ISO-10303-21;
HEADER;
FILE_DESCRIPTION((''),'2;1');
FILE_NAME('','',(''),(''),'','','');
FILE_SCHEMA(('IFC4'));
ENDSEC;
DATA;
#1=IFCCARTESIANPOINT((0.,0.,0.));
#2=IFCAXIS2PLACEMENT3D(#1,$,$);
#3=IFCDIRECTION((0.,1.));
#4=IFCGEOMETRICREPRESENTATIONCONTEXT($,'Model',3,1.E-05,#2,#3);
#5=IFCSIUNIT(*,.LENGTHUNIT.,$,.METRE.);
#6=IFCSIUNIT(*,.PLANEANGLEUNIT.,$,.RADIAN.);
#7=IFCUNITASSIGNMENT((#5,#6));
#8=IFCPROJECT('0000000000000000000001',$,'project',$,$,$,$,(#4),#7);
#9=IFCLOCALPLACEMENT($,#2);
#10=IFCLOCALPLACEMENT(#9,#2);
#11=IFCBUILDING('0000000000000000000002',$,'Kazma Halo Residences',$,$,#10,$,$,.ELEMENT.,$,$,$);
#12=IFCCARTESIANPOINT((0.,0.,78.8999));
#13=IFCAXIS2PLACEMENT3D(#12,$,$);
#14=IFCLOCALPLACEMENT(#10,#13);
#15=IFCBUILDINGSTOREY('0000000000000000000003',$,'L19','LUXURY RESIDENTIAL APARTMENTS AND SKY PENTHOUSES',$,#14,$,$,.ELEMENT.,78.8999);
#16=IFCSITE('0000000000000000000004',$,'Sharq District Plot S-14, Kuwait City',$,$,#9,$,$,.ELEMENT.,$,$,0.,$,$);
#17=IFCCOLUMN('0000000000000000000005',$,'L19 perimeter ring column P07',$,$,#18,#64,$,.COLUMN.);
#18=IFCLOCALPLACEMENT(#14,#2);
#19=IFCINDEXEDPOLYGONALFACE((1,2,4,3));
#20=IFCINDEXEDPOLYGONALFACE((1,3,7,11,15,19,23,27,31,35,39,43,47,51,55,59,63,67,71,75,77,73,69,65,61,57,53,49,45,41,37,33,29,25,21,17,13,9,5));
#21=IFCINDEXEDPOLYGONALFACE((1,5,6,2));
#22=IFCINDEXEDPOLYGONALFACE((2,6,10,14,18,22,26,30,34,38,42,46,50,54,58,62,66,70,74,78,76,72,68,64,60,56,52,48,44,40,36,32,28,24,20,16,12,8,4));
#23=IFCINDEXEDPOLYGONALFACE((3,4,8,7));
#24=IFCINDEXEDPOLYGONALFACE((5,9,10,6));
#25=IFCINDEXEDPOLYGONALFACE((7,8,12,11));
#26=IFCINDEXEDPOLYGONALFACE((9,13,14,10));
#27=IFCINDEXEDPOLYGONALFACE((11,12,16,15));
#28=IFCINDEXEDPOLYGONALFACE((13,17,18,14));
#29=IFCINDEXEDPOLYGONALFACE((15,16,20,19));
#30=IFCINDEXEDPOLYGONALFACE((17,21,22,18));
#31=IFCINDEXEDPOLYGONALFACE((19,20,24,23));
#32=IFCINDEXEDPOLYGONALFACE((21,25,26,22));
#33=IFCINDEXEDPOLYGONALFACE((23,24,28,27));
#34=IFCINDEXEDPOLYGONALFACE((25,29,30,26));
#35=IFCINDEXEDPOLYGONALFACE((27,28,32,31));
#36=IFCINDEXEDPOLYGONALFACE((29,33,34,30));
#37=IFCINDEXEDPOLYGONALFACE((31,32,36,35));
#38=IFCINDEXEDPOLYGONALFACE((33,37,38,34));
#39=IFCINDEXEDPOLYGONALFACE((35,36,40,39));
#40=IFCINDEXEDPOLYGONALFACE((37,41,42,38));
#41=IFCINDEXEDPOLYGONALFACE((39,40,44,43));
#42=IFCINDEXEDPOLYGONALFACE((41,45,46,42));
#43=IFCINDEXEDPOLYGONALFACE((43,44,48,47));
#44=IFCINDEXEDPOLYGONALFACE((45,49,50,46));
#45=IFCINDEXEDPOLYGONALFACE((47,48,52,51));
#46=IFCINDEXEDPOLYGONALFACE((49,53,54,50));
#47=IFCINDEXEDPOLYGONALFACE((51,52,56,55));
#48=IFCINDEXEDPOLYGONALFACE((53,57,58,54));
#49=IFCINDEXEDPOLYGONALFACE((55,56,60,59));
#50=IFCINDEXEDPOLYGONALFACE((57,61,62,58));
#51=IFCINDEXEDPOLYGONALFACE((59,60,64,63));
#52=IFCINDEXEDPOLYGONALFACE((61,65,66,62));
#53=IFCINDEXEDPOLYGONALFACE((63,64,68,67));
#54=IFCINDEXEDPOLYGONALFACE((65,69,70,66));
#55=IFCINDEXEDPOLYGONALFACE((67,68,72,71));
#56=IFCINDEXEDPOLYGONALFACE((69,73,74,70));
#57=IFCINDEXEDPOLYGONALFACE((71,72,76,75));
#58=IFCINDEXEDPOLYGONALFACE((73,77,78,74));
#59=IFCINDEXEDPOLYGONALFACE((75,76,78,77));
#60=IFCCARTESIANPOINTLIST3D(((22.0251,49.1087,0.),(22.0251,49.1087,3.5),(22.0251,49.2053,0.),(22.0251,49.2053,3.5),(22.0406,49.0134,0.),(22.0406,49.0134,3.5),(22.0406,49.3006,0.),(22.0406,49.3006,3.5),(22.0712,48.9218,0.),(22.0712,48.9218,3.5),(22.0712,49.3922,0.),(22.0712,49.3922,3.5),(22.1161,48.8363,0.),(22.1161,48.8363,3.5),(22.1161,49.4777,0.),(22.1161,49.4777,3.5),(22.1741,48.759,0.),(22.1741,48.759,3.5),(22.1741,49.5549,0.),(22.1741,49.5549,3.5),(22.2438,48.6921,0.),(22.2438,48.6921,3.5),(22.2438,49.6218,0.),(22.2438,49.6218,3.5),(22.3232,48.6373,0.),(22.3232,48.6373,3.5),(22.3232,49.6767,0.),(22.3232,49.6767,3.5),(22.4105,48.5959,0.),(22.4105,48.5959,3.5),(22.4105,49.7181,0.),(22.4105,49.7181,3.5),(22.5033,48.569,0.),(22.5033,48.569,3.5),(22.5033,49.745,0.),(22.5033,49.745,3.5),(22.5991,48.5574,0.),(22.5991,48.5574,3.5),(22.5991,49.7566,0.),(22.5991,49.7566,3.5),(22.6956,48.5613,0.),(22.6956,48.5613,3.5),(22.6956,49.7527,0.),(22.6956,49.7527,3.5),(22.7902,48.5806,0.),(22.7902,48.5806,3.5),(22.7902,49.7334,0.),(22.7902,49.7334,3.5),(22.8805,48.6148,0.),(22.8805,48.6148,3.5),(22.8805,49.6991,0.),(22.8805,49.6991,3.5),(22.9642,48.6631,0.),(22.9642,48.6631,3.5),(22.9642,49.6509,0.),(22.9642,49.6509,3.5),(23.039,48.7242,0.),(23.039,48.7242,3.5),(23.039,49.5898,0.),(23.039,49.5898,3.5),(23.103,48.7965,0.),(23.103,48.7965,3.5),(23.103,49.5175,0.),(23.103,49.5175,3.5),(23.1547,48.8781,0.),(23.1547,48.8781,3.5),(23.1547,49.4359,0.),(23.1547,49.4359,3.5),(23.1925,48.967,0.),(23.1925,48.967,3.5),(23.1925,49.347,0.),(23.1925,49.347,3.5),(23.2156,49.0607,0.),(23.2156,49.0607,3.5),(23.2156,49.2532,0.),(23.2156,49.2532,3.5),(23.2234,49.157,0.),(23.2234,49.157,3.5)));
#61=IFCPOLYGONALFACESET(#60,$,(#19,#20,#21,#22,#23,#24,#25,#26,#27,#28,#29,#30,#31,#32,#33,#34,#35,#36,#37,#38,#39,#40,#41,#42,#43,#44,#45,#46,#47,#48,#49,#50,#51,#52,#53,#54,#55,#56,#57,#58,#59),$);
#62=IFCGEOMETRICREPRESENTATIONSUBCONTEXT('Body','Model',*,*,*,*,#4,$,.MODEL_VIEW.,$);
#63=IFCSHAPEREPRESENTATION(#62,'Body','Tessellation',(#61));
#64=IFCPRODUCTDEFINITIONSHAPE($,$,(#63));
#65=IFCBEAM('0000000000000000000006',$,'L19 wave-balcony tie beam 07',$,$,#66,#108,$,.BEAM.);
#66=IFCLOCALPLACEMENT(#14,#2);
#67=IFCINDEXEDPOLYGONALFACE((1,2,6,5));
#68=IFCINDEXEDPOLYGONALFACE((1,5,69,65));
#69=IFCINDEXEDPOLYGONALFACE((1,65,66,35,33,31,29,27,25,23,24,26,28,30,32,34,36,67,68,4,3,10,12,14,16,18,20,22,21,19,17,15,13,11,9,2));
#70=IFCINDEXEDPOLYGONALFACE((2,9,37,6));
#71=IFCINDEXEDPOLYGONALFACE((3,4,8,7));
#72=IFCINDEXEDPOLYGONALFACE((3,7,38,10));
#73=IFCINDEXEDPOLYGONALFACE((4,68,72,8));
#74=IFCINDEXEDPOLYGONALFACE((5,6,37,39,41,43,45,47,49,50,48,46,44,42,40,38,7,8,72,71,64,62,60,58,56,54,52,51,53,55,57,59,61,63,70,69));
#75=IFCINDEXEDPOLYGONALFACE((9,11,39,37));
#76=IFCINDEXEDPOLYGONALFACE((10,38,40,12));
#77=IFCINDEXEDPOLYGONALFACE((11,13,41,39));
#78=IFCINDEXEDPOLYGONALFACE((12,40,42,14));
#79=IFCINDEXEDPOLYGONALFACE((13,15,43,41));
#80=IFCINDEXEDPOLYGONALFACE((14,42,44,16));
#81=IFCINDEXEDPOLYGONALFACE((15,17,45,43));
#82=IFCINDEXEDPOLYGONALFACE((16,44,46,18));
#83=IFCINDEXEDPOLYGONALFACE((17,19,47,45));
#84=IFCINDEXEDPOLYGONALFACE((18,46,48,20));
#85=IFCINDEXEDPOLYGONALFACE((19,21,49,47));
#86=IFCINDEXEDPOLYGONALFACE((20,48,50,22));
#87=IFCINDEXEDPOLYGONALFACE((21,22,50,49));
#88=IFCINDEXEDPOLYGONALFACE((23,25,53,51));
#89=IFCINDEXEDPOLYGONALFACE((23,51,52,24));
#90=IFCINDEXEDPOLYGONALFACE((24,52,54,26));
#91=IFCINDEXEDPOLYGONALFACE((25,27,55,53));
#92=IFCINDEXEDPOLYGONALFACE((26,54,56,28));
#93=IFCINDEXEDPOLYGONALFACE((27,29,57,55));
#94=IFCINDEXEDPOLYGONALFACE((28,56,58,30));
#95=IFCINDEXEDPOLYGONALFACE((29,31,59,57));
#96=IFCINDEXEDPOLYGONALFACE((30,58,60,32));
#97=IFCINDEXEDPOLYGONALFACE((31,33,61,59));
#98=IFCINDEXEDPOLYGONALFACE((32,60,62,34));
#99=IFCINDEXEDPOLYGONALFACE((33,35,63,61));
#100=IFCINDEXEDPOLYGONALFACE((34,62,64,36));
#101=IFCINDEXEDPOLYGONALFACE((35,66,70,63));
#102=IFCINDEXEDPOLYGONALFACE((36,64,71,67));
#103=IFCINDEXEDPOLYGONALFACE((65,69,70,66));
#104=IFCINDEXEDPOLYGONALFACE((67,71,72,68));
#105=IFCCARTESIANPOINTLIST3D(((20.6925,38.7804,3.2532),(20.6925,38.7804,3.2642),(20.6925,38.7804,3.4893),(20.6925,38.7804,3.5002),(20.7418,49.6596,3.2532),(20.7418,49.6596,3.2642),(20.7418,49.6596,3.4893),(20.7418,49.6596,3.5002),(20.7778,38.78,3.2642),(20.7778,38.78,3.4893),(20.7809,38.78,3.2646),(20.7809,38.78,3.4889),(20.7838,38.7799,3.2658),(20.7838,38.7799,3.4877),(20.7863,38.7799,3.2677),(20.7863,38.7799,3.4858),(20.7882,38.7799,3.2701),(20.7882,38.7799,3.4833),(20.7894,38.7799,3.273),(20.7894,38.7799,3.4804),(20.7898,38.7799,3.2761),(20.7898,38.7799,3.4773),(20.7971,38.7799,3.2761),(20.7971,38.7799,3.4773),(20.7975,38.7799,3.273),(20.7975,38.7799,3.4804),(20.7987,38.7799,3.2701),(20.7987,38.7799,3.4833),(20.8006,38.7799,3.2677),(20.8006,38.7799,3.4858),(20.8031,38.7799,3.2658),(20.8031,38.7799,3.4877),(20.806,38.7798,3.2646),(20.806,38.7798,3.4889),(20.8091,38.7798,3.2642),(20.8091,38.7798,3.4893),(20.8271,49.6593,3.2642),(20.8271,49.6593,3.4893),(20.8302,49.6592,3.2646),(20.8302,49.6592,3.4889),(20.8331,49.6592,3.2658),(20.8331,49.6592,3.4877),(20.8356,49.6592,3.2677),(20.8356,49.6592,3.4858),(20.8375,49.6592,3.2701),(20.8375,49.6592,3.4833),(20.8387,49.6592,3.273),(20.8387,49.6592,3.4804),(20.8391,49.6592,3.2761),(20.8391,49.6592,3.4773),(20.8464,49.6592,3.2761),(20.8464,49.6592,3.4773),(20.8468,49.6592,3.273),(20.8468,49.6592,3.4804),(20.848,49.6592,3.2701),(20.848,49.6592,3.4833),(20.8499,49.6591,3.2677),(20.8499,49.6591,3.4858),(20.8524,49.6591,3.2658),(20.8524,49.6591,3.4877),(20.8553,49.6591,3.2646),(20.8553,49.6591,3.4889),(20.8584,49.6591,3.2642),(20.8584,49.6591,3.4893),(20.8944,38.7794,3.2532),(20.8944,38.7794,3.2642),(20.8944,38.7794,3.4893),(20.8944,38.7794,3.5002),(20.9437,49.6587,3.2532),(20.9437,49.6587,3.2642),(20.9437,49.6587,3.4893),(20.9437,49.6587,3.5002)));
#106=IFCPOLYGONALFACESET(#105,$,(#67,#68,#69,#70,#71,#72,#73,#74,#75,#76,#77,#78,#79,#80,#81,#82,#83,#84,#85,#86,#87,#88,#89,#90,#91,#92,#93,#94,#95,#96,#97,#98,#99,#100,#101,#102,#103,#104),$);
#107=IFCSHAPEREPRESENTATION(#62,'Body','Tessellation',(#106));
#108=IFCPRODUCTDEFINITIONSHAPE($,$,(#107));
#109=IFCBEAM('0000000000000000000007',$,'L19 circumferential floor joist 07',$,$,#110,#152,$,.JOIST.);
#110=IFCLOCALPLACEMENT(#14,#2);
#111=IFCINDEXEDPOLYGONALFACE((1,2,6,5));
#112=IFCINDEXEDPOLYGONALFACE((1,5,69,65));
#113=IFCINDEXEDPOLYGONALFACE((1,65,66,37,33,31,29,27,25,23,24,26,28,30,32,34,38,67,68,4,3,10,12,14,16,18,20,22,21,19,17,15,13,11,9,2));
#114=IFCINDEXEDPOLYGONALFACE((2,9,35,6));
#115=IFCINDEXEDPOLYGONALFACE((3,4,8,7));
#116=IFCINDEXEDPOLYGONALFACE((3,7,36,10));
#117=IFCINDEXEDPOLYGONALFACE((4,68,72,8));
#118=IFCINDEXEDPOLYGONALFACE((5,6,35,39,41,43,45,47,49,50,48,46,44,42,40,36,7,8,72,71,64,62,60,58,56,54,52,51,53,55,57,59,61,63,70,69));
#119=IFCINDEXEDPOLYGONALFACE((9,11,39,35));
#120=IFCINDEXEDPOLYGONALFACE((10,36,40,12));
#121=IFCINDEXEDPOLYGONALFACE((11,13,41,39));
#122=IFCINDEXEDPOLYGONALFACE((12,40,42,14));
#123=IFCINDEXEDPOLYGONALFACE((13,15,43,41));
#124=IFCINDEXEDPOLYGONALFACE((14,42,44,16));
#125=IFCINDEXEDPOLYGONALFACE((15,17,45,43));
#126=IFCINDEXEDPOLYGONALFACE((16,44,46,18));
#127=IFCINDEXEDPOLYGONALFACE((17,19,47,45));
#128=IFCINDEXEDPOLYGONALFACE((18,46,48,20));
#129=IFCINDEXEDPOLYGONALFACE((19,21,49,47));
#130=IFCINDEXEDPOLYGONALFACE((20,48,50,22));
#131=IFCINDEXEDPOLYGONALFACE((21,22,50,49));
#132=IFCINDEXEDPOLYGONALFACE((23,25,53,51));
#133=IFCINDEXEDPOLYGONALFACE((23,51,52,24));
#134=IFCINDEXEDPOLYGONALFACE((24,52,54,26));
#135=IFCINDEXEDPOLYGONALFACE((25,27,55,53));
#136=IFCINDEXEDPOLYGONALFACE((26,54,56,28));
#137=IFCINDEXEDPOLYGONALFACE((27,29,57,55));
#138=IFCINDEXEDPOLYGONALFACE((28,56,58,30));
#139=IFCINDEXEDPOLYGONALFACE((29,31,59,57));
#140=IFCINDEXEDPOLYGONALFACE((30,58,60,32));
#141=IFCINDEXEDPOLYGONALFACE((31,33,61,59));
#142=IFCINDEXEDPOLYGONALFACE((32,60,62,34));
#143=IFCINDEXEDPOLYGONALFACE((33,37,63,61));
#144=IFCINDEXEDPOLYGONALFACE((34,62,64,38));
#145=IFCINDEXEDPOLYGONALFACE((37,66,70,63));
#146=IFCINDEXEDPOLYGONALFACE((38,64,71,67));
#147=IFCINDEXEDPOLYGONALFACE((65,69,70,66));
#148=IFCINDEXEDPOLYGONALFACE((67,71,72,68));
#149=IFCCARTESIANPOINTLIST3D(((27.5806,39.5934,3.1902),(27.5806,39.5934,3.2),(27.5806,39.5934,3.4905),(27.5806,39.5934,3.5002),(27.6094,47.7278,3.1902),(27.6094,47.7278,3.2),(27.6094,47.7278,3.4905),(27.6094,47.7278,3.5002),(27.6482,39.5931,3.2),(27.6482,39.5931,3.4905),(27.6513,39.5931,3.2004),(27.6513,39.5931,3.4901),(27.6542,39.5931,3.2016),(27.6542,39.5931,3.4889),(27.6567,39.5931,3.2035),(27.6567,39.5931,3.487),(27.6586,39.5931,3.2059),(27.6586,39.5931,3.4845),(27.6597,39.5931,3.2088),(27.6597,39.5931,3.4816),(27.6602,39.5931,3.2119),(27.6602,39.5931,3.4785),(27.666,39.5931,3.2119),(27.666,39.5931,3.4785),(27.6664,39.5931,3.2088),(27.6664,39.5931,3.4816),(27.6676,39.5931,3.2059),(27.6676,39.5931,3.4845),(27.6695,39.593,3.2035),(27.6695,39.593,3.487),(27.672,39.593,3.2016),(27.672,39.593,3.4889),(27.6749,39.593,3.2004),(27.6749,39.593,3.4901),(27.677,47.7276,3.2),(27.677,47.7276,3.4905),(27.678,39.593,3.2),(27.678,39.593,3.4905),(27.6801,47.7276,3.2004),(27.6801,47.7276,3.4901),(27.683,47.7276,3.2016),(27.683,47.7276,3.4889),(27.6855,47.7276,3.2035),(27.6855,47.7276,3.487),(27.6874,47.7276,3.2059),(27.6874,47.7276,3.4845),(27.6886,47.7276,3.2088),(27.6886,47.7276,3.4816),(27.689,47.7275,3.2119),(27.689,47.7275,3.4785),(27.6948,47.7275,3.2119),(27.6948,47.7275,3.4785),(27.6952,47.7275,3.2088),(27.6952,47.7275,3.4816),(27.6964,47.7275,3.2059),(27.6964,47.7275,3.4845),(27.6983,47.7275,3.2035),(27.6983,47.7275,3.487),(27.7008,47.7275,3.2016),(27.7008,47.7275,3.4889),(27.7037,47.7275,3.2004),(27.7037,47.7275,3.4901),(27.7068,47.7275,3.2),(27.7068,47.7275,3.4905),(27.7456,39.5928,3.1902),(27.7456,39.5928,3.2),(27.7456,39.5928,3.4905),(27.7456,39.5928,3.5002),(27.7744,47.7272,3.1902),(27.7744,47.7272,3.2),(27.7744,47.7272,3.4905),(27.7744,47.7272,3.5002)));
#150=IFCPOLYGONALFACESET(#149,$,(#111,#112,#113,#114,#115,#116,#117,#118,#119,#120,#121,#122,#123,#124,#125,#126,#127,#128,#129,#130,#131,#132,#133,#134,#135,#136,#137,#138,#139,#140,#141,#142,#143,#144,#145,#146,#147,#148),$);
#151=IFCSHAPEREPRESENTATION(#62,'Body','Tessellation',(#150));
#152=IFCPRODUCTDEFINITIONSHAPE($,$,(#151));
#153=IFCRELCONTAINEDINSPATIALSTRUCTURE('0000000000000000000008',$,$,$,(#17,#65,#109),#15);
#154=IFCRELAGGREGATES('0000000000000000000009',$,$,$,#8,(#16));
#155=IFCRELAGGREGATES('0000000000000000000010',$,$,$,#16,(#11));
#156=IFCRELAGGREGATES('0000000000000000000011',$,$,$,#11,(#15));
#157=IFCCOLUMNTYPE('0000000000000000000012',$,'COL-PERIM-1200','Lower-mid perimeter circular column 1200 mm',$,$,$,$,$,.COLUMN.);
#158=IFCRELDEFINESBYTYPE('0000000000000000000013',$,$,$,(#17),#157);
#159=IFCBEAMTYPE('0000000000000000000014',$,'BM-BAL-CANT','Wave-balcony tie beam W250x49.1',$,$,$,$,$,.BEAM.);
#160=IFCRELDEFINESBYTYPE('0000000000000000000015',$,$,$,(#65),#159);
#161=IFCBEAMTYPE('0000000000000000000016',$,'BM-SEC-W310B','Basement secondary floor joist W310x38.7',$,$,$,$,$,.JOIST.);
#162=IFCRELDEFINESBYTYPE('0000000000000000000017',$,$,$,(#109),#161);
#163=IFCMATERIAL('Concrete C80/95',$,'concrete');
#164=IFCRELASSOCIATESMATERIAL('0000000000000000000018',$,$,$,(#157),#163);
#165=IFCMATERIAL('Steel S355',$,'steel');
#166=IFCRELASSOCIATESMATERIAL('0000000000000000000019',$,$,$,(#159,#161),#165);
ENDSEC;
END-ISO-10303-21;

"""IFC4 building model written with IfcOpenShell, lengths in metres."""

from ifc_helpers import new_model, si_unit, direction, frame, origin, origin_2d, place, context, subcontext, project, spatial, circle, i_section, extrude, material, material_profile, profile_set, type_object, element, save


model = new_model("IFC4")

# Units and contexts
model_context = context("Model", 3, precision=1e-05, world=origin(), true_north=direction((0.0, 1.0)))
body_context = subcontext(model_context, "Body", "Model", "MODEL_VIEW")
ifc_project = project(units=[si_unit("LENGTHUNIT", "METRE"), si_unit("PLANEANGLEUNIT", "RADIAN")], contexts=[model_context])

# Site, building, storey
site_placement = place(None, origin())
site = spatial("IfcSite", under=ifc_project, at=site_placement, Name="Sharq District Plot S-14, Kuwait City", CompositionType="ELEMENT", RefElevation=0.0)
building_placement = place(site_placement, origin())
building = spatial("IfcBuilding", under=site, at=building_placement, Name="Kazma Halo Residences", CompositionType="ELEMENT")
storey_placement = place(building_placement, frame((0.0, 0.0, 78.8999)))
storey = spatial("IfcBuildingStorey", under=building, at=storey_placement, Name="L19", Description="LUXURY RESIDENTIAL APARTMENTS AND SKY PENTHOUSES", CompositionType="ELEMENT", Elevation=78.8999)

# Column
ifc_material_1 = material(Name="Concrete C80/95", Category="concrete")
ifc_material_profile_1 = material_profile(ifc_material_1, circle(Radius=0.6001, at=origin_2d()), Name="CIRC1200")
ifc_profile_set_1 = profile_set([ifc_material_profile_1], Name="Concrete C80/95")
column_type = type_object("IfcColumnType", Name="COL-PERIM-1200", Description="Lower-mid perimeter circular column 1200 mm", PredefinedType="COLUMN", material=ifc_profile_set_1)
column_placement = place(storey_placement, frame((22.6233, 49.157, 0.0), z_axis=(0.0, 0.0, 1.0), x_axis=(1.0, 0.0, 0.0)))
element("IfcColumn", 1, at=column_placement, inside=storey, type_object=column_type, Name="L19 perimeter ring column P07", PredefinedType="COLUMN", context=body_context, shape_type="SweptSolid", body=[
    extrude(circle(Radius=0.6001, at=origin_2d()), origin(), (0.0, 0.0, 1.0), 3.5),
])

# Beams
ifc_material_2 = material(Name="Steel S355", Category="steel")
ifc_material_profile_2 = material_profile(ifc_material_2, i_section(OverallWidth=0.2019, OverallDepth=0.2471, WebThickness=0.0073, FlangeThickness=0.011, FilletRadius=0.012, at=origin_2d()), Name="W250x49.1")
ifc_profile_set_2 = profile_set([ifc_material_profile_2], Name="Steel S355")
beam_type_1 = type_object("IfcBeamType", Name="BM-BAL-CANT", Description="Wave-balcony tie beam W250x49.1", PredefinedType="BEAM", material=ifc_profile_set_2)
beam_1_placement = place(storey_placement, frame((20.8428, 49.6592, 3.3767), z_axis=(-0.004533, -0.99999, 0.0), x_axis=(0.99999, -0.004533, 0.0)))
element("IfcBeam", 2, at=beam_1_placement, inside=storey, type_object=beam_type_1, Name="L19 wave-balcony tie beam 07", PredefinedType="BEAM", context=body_context, shape_type="SweptSolid", body=[
    extrude(i_section(OverallWidth=0.2019, OverallDepth=0.2471, WebThickness=0.0073, FlangeThickness=0.011, FilletRadius=0.012, at=origin_2d()), origin(), (0.0, 0.0, 1.0), 10.8794),
])
ifc_material_profile_3 = material_profile(ifc_material_2, i_section(OverallWidth=0.165, OverallDepth=0.3101, WebThickness=0.0059, FlangeThickness=0.0098, FilletRadius=0.012, at=origin_2d()), Name="W310x38.7")
ifc_profile_set_3 = profile_set([ifc_material_profile_3], Name="Steel S355")
beam_type_2 = type_object("IfcBeamType", Name="BM-SEC-W310B", Description="Basement secondary floor joist W310x38.7", PredefinedType="JOIST", material=ifc_profile_set_3)
beam_2_placement = place(storey_placement, frame((27.6919, 47.7275, 3.3452), z_axis=(-0.003542, -0.999994, 0.0), x_axis=(0.999994, -0.003542, 0.0)))
element("IfcBeam", 3, at=beam_2_placement, inside=storey, type_object=beam_type_2, Name="L19 circumferential floor joist 07", PredefinedType="JOIST", context=body_context, shape_type="SweptSolid", body=[
    extrude(i_section(OverallWidth=0.165, OverallDepth=0.3101, WebThickness=0.0059, FlangeThickness=0.0098, FilletRadius=0.012, at=origin_2d()), origin(), (0.0, 0.0, 1.0), 8.1345),
])

save(model, "model.ifc")
